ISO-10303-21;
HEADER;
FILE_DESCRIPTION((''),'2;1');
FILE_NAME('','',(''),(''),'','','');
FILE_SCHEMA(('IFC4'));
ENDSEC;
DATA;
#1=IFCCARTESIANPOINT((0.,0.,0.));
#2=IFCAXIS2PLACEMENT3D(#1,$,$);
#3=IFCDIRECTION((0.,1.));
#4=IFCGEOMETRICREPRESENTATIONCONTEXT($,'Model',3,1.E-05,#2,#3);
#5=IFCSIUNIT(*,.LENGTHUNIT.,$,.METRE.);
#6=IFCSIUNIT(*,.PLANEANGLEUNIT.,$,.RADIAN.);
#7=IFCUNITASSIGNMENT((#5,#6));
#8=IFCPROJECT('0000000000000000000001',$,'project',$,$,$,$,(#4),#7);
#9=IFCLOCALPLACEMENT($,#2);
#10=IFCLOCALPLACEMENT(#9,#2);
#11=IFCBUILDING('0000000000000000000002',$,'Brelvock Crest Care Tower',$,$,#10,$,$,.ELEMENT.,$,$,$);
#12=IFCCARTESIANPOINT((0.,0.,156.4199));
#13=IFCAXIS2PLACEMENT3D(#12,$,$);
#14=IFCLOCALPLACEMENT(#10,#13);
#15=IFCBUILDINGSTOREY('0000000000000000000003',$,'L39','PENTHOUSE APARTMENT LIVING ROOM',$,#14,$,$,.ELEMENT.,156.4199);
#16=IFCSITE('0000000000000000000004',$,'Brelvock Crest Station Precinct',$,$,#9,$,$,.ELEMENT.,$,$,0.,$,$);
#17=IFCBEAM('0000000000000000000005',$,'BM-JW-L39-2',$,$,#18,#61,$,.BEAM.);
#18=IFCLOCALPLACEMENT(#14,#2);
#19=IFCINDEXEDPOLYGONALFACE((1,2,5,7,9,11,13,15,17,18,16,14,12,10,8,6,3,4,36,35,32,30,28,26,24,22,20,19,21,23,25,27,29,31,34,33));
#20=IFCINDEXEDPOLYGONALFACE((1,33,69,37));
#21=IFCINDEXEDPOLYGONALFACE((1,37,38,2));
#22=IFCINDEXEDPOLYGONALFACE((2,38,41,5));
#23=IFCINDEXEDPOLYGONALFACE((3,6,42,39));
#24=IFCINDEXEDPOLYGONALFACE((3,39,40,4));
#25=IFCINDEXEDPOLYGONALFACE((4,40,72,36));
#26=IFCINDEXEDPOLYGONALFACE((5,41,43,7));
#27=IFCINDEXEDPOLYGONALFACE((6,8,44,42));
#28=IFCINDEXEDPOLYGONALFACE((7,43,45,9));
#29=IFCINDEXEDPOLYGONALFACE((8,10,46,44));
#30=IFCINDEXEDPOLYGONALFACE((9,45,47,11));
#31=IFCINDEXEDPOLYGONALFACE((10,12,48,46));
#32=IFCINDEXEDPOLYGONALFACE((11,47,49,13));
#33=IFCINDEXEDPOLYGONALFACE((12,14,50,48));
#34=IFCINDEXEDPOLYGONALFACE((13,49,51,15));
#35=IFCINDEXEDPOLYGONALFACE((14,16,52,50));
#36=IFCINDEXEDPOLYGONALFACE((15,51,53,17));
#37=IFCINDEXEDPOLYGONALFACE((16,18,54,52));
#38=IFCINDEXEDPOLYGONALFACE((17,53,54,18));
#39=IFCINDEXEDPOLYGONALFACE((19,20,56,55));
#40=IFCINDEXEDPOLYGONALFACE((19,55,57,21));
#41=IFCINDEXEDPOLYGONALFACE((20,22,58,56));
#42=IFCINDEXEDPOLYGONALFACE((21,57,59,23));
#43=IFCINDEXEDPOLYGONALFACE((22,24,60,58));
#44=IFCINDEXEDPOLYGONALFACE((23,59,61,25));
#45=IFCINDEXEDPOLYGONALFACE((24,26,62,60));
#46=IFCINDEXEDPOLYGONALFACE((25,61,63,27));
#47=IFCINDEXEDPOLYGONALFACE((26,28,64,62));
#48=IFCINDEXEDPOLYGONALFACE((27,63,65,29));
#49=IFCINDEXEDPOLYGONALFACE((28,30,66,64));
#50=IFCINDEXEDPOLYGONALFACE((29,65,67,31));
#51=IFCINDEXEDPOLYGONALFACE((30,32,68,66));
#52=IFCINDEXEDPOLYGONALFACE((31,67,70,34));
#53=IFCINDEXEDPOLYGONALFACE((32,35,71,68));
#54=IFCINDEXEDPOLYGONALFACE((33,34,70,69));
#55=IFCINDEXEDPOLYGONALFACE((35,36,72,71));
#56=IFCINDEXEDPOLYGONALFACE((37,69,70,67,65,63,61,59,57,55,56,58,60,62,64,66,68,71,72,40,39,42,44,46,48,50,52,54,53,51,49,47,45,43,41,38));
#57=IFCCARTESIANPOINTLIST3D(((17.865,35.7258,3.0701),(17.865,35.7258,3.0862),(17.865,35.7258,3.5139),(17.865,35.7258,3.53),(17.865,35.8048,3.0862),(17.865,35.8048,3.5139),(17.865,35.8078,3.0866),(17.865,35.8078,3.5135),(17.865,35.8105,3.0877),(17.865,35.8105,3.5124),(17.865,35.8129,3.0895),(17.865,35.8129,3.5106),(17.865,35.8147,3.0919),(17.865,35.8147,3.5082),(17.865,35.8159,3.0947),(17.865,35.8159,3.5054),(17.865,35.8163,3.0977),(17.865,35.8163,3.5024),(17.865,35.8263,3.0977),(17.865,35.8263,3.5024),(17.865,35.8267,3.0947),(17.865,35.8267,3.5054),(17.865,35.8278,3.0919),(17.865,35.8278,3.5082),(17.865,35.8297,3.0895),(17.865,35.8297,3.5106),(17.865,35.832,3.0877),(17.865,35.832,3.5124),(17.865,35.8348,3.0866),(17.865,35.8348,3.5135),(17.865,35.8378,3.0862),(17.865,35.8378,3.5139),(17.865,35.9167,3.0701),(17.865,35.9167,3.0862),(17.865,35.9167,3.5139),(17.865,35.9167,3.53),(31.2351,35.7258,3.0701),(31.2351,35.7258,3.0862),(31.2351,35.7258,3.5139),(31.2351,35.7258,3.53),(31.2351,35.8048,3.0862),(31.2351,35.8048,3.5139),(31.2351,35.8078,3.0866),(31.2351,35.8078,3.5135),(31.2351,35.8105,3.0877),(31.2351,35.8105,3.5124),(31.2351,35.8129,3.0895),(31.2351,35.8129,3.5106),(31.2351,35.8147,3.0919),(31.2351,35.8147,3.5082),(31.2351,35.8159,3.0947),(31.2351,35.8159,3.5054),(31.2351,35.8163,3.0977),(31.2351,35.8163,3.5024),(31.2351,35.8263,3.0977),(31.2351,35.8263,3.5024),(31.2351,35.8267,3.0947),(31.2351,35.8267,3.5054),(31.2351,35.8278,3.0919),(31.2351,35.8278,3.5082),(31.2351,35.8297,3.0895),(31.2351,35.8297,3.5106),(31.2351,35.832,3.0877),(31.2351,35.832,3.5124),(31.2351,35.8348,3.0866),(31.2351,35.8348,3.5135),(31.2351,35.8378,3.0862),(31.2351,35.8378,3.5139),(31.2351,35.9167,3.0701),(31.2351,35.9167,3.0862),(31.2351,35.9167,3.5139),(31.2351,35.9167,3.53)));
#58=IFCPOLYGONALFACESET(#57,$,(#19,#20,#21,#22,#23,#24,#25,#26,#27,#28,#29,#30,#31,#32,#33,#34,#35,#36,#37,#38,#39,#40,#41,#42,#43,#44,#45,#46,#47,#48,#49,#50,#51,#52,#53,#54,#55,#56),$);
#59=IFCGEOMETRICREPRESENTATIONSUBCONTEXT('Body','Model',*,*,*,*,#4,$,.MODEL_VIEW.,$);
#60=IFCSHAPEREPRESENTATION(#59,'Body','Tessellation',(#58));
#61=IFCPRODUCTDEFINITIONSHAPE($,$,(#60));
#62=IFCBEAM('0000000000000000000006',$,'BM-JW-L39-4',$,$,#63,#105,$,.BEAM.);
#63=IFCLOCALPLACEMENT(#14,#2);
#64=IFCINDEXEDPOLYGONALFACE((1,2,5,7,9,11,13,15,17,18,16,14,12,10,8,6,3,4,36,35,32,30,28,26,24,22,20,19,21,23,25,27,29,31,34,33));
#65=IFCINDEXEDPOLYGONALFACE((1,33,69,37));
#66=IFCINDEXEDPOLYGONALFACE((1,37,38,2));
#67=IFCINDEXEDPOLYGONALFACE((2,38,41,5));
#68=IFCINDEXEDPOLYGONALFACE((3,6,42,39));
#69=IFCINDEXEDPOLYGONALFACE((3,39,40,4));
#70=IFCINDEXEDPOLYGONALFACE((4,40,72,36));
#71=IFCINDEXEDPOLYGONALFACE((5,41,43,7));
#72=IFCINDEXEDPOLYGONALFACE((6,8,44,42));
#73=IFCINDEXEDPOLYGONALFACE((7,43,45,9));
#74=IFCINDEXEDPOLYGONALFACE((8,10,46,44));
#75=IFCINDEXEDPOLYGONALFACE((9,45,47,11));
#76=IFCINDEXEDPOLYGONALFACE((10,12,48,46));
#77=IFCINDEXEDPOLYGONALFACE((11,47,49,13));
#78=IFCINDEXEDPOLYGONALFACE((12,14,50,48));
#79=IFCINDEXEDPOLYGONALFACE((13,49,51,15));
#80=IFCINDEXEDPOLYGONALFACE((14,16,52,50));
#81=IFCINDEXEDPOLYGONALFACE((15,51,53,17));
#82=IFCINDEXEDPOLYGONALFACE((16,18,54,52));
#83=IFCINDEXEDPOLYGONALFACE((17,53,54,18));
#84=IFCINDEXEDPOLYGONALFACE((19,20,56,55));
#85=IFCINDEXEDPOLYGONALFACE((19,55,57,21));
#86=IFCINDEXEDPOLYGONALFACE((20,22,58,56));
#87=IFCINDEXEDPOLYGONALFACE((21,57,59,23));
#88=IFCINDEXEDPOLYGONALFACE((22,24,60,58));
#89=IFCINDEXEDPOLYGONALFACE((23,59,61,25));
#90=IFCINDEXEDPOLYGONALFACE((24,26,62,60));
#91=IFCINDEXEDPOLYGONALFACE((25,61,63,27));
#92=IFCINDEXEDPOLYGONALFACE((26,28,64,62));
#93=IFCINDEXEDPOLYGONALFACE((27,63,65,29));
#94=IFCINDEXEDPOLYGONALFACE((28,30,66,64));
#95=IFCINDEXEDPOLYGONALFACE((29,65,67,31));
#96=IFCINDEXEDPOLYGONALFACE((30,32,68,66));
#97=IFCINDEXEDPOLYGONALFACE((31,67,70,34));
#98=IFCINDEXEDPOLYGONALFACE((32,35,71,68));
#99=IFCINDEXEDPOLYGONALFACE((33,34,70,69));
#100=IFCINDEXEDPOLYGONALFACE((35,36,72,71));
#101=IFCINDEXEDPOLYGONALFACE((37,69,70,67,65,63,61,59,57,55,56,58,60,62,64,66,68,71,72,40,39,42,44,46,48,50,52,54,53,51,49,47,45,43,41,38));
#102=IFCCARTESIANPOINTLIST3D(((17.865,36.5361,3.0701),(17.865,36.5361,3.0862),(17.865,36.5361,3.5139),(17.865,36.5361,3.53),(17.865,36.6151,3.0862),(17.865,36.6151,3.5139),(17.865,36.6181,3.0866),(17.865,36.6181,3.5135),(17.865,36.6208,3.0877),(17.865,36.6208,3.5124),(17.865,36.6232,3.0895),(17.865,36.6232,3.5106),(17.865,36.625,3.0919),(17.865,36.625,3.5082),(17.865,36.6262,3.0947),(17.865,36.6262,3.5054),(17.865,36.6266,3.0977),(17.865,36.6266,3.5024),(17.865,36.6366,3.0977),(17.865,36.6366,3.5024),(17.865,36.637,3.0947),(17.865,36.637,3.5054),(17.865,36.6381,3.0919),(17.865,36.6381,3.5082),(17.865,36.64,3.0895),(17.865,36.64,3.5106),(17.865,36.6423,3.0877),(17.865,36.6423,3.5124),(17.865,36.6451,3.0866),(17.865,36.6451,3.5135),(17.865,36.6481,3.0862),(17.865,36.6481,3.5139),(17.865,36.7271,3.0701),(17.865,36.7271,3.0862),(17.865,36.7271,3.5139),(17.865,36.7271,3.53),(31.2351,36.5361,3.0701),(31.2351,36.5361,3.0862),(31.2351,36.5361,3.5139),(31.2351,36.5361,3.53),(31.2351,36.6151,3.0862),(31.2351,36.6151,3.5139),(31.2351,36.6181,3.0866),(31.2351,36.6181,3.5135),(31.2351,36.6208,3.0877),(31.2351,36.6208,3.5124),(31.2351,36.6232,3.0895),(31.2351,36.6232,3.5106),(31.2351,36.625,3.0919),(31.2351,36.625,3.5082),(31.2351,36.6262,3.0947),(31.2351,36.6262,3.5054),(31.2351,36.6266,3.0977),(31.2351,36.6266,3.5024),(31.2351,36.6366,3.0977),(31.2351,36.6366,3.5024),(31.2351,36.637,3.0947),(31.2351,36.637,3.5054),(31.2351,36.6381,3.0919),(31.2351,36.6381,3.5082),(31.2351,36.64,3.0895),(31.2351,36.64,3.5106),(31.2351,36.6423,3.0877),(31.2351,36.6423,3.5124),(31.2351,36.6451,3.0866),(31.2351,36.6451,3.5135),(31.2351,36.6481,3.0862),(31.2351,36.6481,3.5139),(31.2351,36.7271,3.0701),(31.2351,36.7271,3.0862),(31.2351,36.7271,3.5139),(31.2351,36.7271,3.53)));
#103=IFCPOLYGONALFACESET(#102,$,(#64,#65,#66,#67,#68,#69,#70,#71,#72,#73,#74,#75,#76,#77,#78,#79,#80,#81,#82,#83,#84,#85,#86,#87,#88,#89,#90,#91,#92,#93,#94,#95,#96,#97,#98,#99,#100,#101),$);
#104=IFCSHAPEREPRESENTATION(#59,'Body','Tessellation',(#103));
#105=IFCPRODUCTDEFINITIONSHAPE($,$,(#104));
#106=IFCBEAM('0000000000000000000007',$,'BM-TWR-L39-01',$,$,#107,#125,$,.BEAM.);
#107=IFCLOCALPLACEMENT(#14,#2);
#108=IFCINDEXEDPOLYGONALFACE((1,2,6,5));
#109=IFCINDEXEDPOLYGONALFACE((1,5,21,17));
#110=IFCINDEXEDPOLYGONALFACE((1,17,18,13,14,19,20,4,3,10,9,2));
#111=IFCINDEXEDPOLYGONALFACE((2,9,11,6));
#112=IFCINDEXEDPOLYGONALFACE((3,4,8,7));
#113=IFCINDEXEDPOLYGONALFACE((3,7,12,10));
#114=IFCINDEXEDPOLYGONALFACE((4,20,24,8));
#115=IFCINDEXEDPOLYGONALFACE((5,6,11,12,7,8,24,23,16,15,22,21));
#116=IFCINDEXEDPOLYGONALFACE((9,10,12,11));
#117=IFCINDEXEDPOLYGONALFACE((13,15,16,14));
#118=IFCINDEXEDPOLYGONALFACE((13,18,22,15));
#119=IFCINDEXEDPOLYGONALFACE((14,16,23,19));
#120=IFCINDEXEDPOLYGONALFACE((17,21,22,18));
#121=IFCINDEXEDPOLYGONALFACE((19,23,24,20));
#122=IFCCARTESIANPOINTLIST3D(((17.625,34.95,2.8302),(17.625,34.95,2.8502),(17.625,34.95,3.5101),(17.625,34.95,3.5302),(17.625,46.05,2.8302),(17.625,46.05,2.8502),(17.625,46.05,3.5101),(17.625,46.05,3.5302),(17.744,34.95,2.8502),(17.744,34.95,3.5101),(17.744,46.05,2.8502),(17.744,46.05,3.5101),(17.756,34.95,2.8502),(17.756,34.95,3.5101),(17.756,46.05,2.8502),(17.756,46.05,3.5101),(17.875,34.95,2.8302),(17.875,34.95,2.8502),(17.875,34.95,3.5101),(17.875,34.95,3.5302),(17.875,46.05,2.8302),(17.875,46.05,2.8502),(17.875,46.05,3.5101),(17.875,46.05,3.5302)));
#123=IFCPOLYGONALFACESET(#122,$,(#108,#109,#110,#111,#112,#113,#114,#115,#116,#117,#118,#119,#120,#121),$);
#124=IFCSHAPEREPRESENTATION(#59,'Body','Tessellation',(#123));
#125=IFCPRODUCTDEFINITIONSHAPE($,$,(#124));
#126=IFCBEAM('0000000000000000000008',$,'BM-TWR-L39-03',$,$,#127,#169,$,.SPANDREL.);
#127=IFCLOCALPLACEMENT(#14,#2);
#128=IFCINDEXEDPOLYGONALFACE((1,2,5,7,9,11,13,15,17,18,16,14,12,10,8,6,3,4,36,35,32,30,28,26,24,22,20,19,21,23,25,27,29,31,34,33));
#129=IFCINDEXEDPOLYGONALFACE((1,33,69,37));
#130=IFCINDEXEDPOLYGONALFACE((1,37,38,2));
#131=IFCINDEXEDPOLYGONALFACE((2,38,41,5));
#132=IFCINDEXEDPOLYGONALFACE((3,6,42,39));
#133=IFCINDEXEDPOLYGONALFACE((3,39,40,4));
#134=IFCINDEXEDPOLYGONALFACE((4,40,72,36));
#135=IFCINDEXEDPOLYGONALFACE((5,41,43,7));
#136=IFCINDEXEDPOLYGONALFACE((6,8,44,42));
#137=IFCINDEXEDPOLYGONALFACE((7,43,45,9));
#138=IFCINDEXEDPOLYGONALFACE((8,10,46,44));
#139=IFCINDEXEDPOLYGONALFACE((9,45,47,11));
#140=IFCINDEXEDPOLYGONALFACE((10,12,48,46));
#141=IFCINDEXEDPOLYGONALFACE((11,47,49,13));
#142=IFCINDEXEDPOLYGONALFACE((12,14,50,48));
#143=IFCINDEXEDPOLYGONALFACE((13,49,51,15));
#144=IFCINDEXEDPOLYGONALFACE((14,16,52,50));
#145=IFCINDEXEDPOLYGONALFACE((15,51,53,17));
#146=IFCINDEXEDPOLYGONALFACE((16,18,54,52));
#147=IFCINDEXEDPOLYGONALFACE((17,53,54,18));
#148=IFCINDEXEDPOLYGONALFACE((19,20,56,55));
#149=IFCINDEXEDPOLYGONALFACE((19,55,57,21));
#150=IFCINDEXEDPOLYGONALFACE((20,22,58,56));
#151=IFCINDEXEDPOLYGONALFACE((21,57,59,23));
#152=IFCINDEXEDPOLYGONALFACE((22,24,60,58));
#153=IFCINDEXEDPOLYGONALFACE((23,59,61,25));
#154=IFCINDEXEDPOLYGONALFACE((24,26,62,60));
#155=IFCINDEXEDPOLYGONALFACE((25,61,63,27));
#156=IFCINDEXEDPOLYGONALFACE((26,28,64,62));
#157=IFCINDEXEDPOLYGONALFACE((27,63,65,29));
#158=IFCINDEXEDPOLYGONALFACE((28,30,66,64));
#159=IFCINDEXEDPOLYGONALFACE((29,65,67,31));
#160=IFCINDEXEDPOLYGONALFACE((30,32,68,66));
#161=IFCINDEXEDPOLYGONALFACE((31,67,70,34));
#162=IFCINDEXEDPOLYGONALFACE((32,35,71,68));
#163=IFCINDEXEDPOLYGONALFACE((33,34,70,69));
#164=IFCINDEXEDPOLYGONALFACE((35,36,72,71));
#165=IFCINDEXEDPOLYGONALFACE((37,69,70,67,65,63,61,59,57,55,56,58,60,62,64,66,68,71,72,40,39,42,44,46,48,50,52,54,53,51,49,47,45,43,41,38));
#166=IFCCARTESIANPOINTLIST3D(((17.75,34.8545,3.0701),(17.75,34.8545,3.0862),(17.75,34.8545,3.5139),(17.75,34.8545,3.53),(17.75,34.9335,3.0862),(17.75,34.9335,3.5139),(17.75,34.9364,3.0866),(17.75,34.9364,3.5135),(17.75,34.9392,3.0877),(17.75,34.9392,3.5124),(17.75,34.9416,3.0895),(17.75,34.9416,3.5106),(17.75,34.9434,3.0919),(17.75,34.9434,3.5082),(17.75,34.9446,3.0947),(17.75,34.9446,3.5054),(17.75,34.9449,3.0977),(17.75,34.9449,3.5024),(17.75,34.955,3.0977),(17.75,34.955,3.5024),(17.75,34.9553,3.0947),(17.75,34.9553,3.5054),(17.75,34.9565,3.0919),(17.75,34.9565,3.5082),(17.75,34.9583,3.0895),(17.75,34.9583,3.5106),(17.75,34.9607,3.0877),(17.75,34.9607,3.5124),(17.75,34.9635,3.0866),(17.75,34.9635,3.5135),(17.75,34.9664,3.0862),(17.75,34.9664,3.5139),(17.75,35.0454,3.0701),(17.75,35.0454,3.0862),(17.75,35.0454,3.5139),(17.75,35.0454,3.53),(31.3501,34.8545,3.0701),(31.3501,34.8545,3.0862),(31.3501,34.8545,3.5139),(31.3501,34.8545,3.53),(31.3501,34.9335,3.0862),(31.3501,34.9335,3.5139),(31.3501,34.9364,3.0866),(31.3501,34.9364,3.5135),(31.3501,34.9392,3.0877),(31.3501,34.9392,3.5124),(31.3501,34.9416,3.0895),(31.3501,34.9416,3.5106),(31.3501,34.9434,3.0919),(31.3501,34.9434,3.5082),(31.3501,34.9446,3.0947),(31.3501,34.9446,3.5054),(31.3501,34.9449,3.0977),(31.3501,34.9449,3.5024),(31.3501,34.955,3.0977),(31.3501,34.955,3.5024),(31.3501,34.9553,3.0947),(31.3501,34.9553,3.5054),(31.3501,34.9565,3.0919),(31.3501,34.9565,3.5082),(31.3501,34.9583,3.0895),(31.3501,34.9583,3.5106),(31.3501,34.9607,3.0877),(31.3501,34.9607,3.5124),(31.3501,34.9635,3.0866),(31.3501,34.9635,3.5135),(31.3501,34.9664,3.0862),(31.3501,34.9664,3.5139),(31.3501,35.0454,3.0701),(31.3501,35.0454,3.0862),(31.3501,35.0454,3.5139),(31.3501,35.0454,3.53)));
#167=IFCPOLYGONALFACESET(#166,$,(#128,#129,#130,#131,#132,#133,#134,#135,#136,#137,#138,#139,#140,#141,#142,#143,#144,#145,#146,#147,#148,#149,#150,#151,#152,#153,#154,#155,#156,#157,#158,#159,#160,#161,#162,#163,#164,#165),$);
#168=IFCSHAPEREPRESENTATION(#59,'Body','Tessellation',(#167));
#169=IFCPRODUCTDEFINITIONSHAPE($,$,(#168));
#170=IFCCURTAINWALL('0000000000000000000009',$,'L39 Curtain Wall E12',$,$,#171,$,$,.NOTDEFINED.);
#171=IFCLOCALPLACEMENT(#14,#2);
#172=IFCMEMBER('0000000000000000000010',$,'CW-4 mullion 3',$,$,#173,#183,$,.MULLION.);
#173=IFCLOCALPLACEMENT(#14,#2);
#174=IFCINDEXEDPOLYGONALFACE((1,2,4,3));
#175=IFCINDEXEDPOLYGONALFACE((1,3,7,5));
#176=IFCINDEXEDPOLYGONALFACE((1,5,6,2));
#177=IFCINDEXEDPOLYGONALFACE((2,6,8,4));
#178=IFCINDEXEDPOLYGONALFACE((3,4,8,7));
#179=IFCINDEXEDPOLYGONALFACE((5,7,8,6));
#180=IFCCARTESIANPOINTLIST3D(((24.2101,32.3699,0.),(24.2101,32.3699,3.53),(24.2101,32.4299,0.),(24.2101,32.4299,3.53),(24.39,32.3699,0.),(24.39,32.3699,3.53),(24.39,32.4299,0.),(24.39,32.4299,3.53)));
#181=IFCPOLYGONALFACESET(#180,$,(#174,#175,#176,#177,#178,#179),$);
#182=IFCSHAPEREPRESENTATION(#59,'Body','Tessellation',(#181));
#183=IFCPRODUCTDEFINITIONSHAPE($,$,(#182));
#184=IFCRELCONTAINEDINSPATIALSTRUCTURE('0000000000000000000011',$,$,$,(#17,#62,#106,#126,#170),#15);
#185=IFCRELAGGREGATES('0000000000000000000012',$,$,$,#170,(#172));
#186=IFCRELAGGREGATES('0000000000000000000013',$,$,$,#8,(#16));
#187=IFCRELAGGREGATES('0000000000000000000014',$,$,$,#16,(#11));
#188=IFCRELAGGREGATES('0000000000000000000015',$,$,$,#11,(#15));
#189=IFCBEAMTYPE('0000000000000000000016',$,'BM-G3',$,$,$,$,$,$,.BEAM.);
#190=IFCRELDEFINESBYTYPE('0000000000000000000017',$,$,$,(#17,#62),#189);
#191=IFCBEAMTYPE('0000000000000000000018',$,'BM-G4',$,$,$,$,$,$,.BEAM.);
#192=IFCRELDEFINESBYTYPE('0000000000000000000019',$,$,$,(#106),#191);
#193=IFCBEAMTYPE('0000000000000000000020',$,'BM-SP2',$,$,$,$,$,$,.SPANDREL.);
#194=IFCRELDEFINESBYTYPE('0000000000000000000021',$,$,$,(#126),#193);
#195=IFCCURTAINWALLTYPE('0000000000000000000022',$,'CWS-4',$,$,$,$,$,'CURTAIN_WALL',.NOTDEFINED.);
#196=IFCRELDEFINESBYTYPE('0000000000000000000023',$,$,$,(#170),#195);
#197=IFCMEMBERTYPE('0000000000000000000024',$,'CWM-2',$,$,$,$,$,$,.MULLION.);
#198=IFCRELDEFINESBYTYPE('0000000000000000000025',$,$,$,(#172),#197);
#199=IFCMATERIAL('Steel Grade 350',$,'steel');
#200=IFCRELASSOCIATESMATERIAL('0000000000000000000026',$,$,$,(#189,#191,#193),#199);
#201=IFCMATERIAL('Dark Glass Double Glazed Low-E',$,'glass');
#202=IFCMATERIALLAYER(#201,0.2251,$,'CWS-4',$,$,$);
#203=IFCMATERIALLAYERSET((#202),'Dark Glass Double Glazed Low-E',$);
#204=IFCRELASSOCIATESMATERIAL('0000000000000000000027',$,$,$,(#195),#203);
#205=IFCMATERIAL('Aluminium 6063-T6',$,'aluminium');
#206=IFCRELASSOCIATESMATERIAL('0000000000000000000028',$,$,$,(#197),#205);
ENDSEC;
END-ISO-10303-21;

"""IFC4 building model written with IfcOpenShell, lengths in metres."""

from ifc_helpers import new_model, si_unit, direction, frame, origin, origin_2d, place, context, subcontext, project, spatial, rectangle, i_section, extrude, source, transform, mapped, material, layer, layer_set, material_profile, profile_set, type_object, element, aggregate, save


model = new_model("IFC4")

# Units and contexts
model_context = context("Model", 3, precision=1e-05, world=origin(), true_north=direction((0.0, 1.0)))
body_context = subcontext(model_context, "Body", "Model", "MODEL_VIEW")
ifc_project = project(units=[si_unit("LENGTHUNIT", "METRE"), si_unit("PLANEANGLEUNIT", "RADIAN")], contexts=[model_context])

# Site, building, storey
site_placement = place(None, origin())
site = spatial("IfcSite", under=ifc_project, at=site_placement, Name="Brelvock Crest Station Precinct", CompositionType="ELEMENT", RefElevation=0.0)
building_placement = place(site_placement, origin())
building = spatial("IfcBuilding", under=site, at=building_placement, Name="Brelvock Crest Care Tower", CompositionType="ELEMENT")
storey_placement = place(building_placement, frame((0.0, 0.0, 156.4199)))
storey = spatial("IfcBuildingStorey", under=building, at=storey_placement, Name="L39", Description="PENTHOUSE APARTMENT LIVING ROOM", CompositionType="ELEMENT", Elevation=156.4199)

# Shared definitions
ifc_material_1 = material(Name="Steel Grade 350", Category="steel")

# Beams
ifc_material_profile_1 = material_profile(ifc_material_1, i_section(OverallWidth=0.1909, OverallDepth=0.46, WebThickness=0.01, FlangeThickness=0.0161, FilletRadius=0.0115, at=origin_2d()), Name="460UB82.1")
ifc_profile_set_1 = profile_set([ifc_material_profile_1], Name="Steel Grade 350")
beam_type_1 = type_object("IfcBeamType", Name="BM-G3", PredefinedType="BEAM", material=ifc_profile_set_1)
shared_shape_1 = source(origin(), body_context, "Body", "SweptSolid", [
    extrude(i_section(OverallWidth=0.1909, OverallDepth=0.46, WebThickness=0.01, FlangeThickness=0.0161, FilletRadius=0.0115, at=origin_2d()), origin(), (0.0, 0.0, 1.0), 13.3701),
])
for number, where, z_axis, x_axis, name in (
    (1, (17.865, 35.8213, 3.3), (1.0, 0.0, 0.0), (0.0, 1.0, 0.0), "BM-JW-L39-2"),
    (2, (17.865, 36.6316, 3.3), (1.0, 0.0, 0.0), (0.0, 1.0, 0.0), "BM-JW-L39-4"),
):
    element("IfcBeam", number, at=place(storey_placement, frame(where, z_axis=z_axis, x_axis=x_axis)), inside=storey, type_object=beam_type_1, Name=name, PredefinedType="BEAM", context=body_context, shape_type="MappedRepresentation", body=[
        mapped(shared_shape_1, transform((0.0, 0.0, 0.0), x_axis=(1.0, 0.0, 0.0), y_axis=(0.0, 1.0, 0.0), z_axis=(0.0, 0.0, 1.0), scale=1.0)),
    ])
ifc_material_profile_2 = material_profile(ifc_material_1, i_section(OverallWidth=0.25, OverallDepth=0.7, WebThickness=0.012, FlangeThickness=0.02, at=origin_2d()), Name="700WB150")
ifc_profile_set_2 = profile_set([ifc_material_profile_2], Name="Steel Grade 350")
beam_type_2 = type_object("IfcBeamType", Name="BM-G4", PredefinedType="BEAM", material=ifc_profile_set_2)
shared_shape_2 = source(origin(), body_context, "Body", "SweptSolid", [
    extrude(i_section(OverallWidth=0.25, OverallDepth=0.7, WebThickness=0.012, FlangeThickness=0.02, at=origin_2d()), origin(), (0.0, 0.0, 1.0), 11.1001),
])
beam_1_placement = place(storey_placement, frame((17.75, 34.95, 3.1802), z_axis=(0.0, 1.0, 0.0), x_axis=(-1.0, 0.0, 0.0)))
element("IfcBeam", 3, at=beam_1_placement, inside=storey, type_object=beam_type_2, Name="BM-TWR-L39-01", PredefinedType="BEAM", context=body_context, shape_type="MappedRepresentation", body=[
    mapped(shared_shape_2, transform((0.0, 0.0, 0.0), x_axis=(1.0, 0.0, 0.0), y_axis=(0.0, 1.0, 0.0), z_axis=(0.0, 0.0, 1.0), scale=1.0)),
])
ifc_material_profile_3 = material_profile(ifc_material_1, i_section(OverallWidth=0.1909, OverallDepth=0.46, WebThickness=0.01, FlangeThickness=0.0161, FilletRadius=0.0115, at=origin_2d()), Name="460UB82.1")
ifc_profile_set_3 = profile_set([ifc_material_profile_3], Name="Steel Grade 350")
beam_type_3 = type_object("IfcBeamType", Name="BM-SP2", PredefinedType="SPANDREL", material=ifc_profile_set_3)
shared_shape_3 = source(origin(), body_context, "Body", "SweptSolid", [
    extrude(i_section(OverallWidth=0.1909, OverallDepth=0.46, WebThickness=0.01, FlangeThickness=0.0161, FilletRadius=0.0115, at=origin_2d()), origin(), (0.0, 0.0, 1.0), 13.6001),
])
beam_2_placement = place(storey_placement, frame((17.75, 34.95, 3.3), z_axis=(1.0, 0.0, 0.0), x_axis=(0.0, 1.0, 0.0)))
element("IfcBeam", 4, at=beam_2_placement, inside=storey, type_object=beam_type_3, Name="BM-TWR-L39-03", PredefinedType="SPANDREL", context=body_context, shape_type="MappedRepresentation", body=[
    mapped(shared_shape_3, transform((0.0, 0.0, 0.0), x_axis=(1.0, 0.0, 0.0), y_axis=(0.0, 1.0, 0.0), z_axis=(0.0, 0.0, 1.0), scale=1.0)),
])

# Curtain wall, member
ifc_material_2 = material(Name="Dark Glass Double Glazed Low-E", Category="glass")
ifc_layer_1 = layer(ifc_material_2, 0.2251, Name="CWS-4")
ifc_layer_set_1 = layer_set([ifc_layer_1], Name="Dark Glass Double Glazed Low-E")
curtain_wall_type = type_object("IfcCurtainWallType", Name="CWS-4", ElementType="CURTAIN_WALL", PredefinedType="NOTDEFINED", material=ifc_layer_set_1)
curtain_wall_1_placement = place(storey_placement, origin())
curtain_wall_1 = element("IfcCurtainWall", 5, at=curtain_wall_1_placement, inside=storey, type_object=curtain_wall_type, Name="L39 Curtain Wall E12", PredefinedType="NOTDEFINED")
ifc_material_3 = material(Name="Aluminium 6063-T6", Category="aluminium")
ifc_material_profile_4 = material_profile(ifc_material_3, rectangle(XDim=0.0601, YDim=0.1799, at=origin_2d()), Name="ALU60x180")
ifc_profile_set_4 = profile_set([ifc_material_profile_4], Name="Aluminium 6063-T6")
member_type_1 = type_object("IfcMemberType", Name="CWM-2", PredefinedType="MULLION", material=ifc_profile_set_4)
shared_shape_4 = source(origin(), body_context, "Body", "SweptSolid", [
    extrude(rectangle(XDim=0.0601, YDim=0.1799, at=origin_2d()), origin(), (0.0, 0.0, 1.0), 3.53),
])
member_1_placement = place(storey_placement, frame((24.3, 32.3999, 0.0), z_axis=(0.0, 0.0, 1.0), x_axis=(0.0, -1.0, 0.0)))
member_1 = element("IfcMember", 6, at=member_1_placement, type_object=member_type_1, Name="CW-4 mullion 3", PredefinedType="MULLION", context=body_context, shape_type="MappedRepresentation", body=[
    mapped(shared_shape_4, transform((0.0, 0.0, 0.0), x_axis=(1.0, 0.0, 0.0), y_axis=(0.0, 1.0, 0.0), z_axis=(0.0, 0.0, 1.0), scale=1.0)),
])

aggregate(curtain_wall_1, [member_1])

save(model, "model.ifc")
